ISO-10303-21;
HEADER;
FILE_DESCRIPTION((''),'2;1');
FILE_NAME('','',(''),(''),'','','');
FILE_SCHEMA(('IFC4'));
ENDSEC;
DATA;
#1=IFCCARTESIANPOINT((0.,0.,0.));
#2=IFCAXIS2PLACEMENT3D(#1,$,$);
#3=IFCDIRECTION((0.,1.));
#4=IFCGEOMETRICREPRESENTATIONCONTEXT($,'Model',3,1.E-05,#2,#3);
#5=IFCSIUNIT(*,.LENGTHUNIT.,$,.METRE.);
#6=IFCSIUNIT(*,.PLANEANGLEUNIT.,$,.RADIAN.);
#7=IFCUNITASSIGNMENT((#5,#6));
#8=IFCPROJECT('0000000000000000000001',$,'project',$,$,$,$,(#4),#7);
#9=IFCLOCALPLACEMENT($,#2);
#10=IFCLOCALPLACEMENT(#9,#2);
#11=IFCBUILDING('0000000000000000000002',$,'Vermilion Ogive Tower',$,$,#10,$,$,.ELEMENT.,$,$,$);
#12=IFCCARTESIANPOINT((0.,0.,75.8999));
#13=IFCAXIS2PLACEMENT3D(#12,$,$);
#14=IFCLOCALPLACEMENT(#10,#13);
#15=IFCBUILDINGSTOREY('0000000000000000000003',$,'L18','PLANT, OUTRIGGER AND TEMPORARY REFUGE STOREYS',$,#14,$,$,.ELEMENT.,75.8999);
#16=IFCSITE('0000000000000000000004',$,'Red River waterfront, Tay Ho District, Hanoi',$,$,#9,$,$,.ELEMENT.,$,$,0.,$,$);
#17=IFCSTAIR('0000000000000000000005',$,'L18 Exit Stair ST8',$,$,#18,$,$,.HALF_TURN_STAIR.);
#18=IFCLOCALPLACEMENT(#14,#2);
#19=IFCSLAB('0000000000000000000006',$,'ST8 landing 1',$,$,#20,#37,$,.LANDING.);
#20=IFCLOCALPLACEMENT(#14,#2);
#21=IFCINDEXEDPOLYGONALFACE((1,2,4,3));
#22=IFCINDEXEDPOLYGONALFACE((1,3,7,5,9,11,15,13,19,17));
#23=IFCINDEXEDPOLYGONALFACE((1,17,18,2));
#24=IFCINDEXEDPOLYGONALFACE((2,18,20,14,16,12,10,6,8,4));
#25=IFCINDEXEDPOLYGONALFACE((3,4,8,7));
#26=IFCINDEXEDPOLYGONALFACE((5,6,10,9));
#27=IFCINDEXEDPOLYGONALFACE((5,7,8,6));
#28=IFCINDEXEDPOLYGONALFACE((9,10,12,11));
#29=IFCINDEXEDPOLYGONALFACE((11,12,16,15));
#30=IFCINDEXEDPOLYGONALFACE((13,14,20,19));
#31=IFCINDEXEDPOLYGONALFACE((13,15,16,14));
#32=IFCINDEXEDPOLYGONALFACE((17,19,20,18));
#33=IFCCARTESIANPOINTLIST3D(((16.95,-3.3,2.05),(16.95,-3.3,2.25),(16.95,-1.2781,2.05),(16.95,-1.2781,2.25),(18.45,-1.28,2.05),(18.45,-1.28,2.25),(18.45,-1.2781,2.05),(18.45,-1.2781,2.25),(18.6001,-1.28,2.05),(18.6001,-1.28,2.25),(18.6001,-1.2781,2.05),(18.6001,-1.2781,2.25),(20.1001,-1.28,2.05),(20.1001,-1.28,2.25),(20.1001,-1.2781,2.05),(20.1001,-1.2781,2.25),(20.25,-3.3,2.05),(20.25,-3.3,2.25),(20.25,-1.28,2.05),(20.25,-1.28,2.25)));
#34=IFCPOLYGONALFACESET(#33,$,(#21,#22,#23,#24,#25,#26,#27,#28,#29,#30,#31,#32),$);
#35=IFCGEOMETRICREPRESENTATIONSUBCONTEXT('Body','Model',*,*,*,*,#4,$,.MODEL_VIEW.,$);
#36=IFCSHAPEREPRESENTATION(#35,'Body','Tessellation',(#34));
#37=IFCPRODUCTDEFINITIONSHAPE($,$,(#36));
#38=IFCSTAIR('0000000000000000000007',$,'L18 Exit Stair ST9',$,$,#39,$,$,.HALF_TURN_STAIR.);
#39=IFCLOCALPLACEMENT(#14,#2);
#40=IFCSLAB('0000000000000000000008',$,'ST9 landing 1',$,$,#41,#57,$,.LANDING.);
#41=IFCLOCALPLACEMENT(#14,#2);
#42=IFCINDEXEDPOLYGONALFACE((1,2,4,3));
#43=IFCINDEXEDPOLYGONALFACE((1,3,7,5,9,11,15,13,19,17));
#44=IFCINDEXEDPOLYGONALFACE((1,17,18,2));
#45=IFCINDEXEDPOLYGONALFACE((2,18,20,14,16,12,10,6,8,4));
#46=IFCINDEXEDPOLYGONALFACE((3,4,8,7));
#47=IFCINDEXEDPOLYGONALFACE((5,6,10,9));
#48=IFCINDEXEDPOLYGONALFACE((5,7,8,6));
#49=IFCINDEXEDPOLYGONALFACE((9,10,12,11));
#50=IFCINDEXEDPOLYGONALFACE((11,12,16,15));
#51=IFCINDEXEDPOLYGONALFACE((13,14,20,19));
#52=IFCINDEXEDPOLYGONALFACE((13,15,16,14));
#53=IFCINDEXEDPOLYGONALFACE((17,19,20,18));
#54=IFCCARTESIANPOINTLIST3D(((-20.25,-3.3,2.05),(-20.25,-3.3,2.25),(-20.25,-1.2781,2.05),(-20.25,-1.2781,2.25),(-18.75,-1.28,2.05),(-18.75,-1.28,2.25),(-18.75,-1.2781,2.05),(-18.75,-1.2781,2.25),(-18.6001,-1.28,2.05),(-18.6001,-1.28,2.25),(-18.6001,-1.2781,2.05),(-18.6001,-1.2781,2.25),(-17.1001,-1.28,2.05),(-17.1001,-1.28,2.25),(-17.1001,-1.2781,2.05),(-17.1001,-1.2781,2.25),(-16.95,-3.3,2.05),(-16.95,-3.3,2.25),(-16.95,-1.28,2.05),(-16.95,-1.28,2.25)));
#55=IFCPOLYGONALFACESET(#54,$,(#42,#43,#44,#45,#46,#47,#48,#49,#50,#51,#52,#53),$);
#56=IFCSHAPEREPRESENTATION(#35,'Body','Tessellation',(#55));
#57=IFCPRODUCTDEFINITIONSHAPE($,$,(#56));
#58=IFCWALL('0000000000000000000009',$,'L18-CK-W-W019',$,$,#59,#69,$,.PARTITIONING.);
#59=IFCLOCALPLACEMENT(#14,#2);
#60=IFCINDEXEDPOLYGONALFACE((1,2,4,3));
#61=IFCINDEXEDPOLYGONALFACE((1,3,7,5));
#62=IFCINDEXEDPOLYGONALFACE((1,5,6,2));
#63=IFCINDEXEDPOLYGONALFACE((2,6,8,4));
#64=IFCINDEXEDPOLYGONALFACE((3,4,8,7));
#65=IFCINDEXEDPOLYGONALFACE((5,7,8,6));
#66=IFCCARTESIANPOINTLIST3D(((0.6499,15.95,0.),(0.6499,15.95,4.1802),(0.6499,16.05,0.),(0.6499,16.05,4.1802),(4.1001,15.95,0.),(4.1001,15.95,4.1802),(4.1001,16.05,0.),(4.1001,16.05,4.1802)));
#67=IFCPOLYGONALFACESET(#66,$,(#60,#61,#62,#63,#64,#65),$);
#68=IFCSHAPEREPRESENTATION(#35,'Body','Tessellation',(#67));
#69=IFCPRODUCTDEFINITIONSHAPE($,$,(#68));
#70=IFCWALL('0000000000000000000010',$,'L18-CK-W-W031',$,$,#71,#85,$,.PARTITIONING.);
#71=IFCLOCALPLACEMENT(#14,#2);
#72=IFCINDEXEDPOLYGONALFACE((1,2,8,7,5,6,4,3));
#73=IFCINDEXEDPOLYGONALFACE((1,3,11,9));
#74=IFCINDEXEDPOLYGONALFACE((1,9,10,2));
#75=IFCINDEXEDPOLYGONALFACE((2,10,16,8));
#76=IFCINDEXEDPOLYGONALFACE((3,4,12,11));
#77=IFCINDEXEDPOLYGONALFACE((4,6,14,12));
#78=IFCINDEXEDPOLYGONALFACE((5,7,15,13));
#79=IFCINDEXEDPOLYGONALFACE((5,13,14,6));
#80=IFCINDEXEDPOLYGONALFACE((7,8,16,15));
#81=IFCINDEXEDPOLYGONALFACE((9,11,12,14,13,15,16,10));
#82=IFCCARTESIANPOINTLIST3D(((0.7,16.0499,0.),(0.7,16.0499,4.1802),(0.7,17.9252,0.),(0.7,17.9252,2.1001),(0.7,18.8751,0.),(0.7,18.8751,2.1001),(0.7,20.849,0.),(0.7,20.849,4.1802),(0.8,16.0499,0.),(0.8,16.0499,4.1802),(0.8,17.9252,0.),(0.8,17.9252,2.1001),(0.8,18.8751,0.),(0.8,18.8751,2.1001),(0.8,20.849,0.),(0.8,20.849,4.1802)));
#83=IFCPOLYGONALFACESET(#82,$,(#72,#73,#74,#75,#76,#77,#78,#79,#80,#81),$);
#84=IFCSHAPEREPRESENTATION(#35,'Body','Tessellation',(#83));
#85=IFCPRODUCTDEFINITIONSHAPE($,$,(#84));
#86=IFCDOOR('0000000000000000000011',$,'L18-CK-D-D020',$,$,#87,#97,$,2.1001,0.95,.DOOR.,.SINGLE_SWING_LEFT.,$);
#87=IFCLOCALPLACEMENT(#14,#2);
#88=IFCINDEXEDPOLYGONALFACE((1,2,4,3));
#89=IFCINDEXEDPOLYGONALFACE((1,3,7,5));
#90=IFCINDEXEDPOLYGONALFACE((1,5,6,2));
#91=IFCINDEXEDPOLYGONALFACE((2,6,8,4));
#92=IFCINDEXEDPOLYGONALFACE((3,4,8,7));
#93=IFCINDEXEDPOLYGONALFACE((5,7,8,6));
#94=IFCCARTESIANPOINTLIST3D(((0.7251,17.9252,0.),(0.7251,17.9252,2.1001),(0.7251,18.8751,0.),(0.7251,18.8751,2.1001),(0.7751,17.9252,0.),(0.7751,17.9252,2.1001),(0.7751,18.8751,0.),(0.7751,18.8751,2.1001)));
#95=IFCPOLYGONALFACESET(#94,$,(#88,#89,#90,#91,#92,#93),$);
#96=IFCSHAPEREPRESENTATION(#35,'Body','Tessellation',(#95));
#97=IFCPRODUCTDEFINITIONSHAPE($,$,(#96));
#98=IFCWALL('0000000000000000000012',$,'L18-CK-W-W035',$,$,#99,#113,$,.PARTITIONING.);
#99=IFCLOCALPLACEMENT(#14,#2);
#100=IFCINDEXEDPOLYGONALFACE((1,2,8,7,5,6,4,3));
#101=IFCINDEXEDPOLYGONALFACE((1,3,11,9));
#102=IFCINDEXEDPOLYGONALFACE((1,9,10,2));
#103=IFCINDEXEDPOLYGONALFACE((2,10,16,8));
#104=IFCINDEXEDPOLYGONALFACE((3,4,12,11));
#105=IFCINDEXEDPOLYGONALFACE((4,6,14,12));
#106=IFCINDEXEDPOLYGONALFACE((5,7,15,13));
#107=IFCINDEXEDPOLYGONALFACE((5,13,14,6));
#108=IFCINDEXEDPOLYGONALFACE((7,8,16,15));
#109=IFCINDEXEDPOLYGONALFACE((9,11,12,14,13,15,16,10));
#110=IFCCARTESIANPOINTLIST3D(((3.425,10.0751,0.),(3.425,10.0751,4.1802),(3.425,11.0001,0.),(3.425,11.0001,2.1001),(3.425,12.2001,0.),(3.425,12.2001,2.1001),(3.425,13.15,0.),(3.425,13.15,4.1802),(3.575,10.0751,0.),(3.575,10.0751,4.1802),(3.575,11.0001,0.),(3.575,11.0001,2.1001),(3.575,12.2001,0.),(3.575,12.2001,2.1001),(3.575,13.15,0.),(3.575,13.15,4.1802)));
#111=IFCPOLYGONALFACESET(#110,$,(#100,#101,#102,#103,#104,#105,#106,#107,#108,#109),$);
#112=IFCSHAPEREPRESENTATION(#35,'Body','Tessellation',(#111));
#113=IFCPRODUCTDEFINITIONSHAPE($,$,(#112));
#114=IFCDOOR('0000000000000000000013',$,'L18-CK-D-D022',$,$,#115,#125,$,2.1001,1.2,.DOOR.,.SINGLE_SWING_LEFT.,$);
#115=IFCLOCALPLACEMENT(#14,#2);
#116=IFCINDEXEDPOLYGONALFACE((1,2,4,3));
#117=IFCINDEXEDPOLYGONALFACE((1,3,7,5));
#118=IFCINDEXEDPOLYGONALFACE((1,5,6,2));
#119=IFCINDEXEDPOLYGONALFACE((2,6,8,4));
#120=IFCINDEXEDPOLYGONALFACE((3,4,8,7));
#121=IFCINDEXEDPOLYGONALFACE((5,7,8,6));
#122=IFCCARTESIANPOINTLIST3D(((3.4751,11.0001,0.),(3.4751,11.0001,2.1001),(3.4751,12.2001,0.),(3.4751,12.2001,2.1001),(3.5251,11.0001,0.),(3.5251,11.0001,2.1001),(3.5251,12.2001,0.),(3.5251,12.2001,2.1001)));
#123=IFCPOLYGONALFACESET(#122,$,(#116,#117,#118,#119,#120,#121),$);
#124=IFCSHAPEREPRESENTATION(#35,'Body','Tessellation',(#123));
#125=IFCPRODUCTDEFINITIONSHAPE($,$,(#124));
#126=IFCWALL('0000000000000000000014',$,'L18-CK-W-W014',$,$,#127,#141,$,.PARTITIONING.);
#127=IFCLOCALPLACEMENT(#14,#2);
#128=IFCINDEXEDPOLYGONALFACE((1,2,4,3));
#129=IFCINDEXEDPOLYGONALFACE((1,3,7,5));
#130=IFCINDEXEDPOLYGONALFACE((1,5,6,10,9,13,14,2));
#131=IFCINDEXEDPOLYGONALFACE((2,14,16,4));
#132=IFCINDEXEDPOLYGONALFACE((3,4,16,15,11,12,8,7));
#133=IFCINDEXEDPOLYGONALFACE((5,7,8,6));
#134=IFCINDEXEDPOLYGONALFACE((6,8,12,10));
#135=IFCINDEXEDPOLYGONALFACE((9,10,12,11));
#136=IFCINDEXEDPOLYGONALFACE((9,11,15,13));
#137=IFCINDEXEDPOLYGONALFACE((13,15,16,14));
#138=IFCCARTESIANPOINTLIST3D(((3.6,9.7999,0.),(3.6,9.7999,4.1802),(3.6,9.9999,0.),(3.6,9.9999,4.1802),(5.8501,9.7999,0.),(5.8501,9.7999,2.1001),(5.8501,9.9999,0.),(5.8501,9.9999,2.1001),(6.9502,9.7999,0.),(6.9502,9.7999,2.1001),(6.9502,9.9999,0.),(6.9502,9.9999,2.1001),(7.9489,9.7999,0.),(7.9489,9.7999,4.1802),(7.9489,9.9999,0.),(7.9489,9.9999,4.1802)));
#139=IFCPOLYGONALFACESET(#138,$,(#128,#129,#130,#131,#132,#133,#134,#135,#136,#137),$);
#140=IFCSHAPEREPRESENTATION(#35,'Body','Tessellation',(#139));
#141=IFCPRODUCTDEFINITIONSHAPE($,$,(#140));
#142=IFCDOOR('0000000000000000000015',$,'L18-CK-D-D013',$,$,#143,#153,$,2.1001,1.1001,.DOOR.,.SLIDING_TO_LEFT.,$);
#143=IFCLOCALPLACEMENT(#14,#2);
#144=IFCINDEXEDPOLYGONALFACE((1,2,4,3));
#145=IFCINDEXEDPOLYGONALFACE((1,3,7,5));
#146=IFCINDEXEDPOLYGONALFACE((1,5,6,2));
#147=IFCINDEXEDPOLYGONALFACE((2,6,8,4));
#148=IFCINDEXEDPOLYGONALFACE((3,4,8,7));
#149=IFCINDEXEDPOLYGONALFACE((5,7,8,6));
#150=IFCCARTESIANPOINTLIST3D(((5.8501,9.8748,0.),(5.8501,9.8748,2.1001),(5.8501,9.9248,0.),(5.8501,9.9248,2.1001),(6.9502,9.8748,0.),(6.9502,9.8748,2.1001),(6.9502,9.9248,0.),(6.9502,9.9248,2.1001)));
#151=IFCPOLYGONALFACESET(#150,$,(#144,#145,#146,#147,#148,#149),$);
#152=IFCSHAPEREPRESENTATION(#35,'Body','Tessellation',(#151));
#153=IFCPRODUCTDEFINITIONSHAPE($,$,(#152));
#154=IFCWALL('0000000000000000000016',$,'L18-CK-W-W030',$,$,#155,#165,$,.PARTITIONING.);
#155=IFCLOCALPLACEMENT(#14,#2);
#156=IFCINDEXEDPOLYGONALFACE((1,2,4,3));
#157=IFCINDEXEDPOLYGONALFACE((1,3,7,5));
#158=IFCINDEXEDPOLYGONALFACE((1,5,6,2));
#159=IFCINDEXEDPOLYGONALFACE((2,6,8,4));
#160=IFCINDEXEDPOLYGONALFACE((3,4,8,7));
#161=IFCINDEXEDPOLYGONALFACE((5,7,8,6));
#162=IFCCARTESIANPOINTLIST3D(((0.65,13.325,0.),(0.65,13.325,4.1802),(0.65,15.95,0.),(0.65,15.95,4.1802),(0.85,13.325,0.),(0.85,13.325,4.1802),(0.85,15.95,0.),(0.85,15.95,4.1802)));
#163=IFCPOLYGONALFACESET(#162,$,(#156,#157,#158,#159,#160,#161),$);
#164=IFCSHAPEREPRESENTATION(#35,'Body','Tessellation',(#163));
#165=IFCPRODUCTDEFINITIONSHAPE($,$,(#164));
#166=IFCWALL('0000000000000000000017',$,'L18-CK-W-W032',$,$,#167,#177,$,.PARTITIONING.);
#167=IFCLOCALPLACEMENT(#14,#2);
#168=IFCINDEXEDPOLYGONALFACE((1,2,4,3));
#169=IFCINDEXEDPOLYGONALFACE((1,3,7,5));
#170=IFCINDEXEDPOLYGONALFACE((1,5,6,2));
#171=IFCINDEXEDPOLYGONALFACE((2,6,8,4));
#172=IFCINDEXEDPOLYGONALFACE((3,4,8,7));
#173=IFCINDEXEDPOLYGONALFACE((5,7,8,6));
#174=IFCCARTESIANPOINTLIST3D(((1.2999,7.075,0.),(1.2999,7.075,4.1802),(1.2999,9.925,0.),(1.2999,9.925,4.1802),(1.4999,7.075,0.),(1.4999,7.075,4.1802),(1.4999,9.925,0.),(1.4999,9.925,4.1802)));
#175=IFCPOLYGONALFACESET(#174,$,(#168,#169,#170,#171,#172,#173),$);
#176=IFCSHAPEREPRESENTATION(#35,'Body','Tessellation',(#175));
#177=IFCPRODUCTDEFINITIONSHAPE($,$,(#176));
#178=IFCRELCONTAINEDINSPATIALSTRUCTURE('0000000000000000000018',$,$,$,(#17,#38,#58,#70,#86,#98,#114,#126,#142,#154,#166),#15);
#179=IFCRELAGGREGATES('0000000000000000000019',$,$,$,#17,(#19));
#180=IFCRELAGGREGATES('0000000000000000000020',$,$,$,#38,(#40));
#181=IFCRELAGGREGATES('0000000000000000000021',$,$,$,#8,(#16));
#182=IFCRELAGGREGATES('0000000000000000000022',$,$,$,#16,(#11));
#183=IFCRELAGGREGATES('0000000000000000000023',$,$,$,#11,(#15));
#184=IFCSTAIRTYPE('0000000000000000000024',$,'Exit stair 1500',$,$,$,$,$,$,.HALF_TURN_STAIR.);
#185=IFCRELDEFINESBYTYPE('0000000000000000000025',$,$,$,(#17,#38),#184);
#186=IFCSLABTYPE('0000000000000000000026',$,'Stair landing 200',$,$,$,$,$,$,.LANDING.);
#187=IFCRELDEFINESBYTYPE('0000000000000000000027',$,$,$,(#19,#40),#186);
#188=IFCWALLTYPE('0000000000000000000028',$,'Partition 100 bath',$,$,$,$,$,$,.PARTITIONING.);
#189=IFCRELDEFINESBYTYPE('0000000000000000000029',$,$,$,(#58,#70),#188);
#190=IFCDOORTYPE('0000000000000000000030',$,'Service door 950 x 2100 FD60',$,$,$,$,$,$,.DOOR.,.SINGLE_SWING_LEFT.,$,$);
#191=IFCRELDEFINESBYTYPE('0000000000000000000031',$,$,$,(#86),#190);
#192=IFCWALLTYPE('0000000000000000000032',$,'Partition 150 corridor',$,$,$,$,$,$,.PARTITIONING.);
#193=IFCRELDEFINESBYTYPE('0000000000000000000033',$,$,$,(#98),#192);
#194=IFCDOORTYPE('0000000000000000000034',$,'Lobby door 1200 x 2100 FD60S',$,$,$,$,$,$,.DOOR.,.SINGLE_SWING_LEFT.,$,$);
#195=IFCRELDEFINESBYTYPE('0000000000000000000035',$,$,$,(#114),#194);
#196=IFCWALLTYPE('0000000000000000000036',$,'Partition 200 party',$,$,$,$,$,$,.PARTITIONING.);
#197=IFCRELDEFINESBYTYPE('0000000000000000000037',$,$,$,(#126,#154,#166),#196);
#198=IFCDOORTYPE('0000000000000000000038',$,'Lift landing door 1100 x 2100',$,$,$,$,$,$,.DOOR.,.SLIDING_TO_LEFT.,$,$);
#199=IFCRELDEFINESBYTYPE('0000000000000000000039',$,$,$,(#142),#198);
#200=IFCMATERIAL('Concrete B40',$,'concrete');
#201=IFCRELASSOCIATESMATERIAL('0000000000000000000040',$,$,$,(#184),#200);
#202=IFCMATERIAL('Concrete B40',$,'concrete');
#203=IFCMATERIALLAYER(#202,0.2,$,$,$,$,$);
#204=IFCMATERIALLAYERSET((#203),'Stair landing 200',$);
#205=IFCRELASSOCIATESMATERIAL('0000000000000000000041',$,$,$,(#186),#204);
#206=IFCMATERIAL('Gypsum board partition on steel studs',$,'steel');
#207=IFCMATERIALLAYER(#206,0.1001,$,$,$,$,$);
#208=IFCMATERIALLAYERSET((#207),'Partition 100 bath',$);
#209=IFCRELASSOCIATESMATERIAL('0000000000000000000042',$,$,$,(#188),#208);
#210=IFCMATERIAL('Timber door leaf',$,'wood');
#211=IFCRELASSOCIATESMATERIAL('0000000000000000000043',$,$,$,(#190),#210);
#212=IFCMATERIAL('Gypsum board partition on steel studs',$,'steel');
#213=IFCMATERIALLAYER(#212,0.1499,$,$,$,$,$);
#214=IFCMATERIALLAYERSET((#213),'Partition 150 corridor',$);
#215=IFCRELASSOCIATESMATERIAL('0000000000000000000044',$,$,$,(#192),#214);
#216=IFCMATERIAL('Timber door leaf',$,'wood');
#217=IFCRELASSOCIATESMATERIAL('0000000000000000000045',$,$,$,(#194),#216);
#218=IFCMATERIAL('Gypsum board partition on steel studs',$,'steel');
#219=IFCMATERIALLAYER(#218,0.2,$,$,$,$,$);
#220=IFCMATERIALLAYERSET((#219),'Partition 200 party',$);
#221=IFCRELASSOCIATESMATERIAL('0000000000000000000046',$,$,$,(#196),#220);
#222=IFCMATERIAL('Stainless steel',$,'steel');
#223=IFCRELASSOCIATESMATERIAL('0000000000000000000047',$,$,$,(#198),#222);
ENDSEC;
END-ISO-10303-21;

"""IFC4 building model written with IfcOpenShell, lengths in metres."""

from ifc_helpers import new_model, si_unit, direction, frame, frame_2d, origin, place, context, subcontext, project, spatial, polyline, rectangle, outline, extrude, material, layer, layer_set, type_object, element, fill, aggregate, save


model = new_model("IFC4")

# Units and contexts
model_context = context("Model", 3, precision=1e-05, world=origin(), true_north=direction((0.0, 1.0)))
body_context = subcontext(model_context, "Body", "Model", "MODEL_VIEW")
ifc_project = project(units=[si_unit("LENGTHUNIT", "METRE"), si_unit("PLANEANGLEUNIT", "RADIAN")], contexts=[model_context])

# Site, building, storey
site_placement = place(None, origin())
site = spatial("IfcSite", under=ifc_project, at=site_placement, Name="Red River waterfront, Tay Ho District, Hanoi", CompositionType="ELEMENT", RefElevation=0.0)
building_placement = place(site_placement, origin())
building = spatial("IfcBuilding", under=site, at=building_placement, Name="Vermilion Ogive Tower", CompositionType="ELEMENT")
storey_placement = place(building_placement, frame((0.0, 0.0, 75.8999)))
storey = spatial("IfcBuildingStorey", under=building, at=storey_placement, Name="L18", Description="PLANT, OUTRIGGER AND TEMPORARY REFUGE STOREYS", CompositionType="ELEMENT", Elevation=75.8999)

# Stairs, slabs
ifc_material_1 = material(Name="Concrete B40", Category="concrete")
stair_type = type_object("IfcStairType", Name="Exit stair 1500", PredefinedType="HALF_TURN_STAIR", material=ifc_material_1)
ifc_material_2 = material(Name="Concrete B40", Category="concrete")
ifc_layer_1 = layer(ifc_material_2, 0.2)
ifc_layer_set_1 = layer_set([ifc_layer_1], Name="Stair landing 200")
slab_type_1 = type_object("IfcSlabType", Name="Stair landing 200", PredefinedType="LANDING", material=ifc_layer_set_1)
stair_1_placement = place(storey_placement, origin())
stair_1 = element("IfcStair", 1, at=stair_1_placement, inside=storey, type_object=stair_type, Name="L18 Exit Stair ST8", PredefinedType="HALF_TURN_STAIR")
slab_1_placement = place(storey_placement, frame((0.0, 0.0, 2.05)))
slab_1 = element("IfcSlab", 2, at=slab_1_placement, type_object=slab_type_1, Name="ST8 landing 1", PredefinedType="LANDING", context=body_context, shape_type="SweptSolid", body=[
    extrude(outline(polyline([(20.25, -1.28), (20.1001, -1.28), (20.1001, -1.2781), (18.6001, -1.2781), (18.6001, -1.28), (18.45, -1.28), (18.45, -1.2781), (16.95, -1.2781), (16.95, -3.3), (20.25, -3.3), (20.25, -1.28)])), origin(), (0.0, 0.0, 1.0), 0.2),
])
aggregate(stair_1, [slab_1])
stair_2_placement = place(storey_placement, origin())
stair_2 = element("IfcStair", 3, at=stair_2_placement, inside=storey, type_object=stair_type, Name="L18 Exit Stair ST9", PredefinedType="HALF_TURN_STAIR")
slab_2_placement = place(storey_placement, frame((0.0, 0.0, 2.05)))
slab_2 = element("IfcSlab", 4, at=slab_2_placement, type_object=slab_type_1, Name="ST9 landing 1", PredefinedType="LANDING", context=body_context, shape_type="SweptSolid", body=[
    extrude(outline(polyline([(-16.95, -1.28), (-17.1001, -1.28), (-17.1001, -1.2781), (-18.6001, -1.2781), (-18.6001, -1.28), (-18.75, -1.28), (-18.75, -1.2781), (-20.25, -1.2781), (-20.25, -3.3), (-16.95, -3.3), (-16.95, -1.28)])), origin(), (0.0, 0.0, 1.0), 0.2),
])
aggregate(stair_2, [slab_2])

# Wall
ifc_material_3 = material(Name="Gypsum board partition on steel studs", Category="steel")
ifc_layer_2 = layer(ifc_material_3, 0.1001)
ifc_layer_set_2 = layer_set([ifc_layer_2], Name="Partition 100 bath")
wall_type_1 = type_object("IfcWallType", Name="Partition 100 bath", PredefinedType="PARTITIONING", material=ifc_layer_set_2)
wall_1_placement = place(storey_placement, frame((0.6499, 16.0, 0.0), z_axis=(0.0, 0.0, 1.0), x_axis=(1.0, 0.0, 0.0)))
element("IfcWall", 5, at=wall_1_placement, inside=storey, type_object=wall_type_1, Name="L18-CK-W-W019", PredefinedType="PARTITIONING", context=body_context, shape_type="SweptSolid", body=[
    extrude(rectangle(XDim=3.4502, YDim=0.1001, at=frame_2d((1.7251, 0.0))), origin(), (0.0, 0.0, 1.0), 4.1802),
])

# Walls, openings, doors
wall_2_placement = place(storey_placement, frame((0.75, 16.05, 0.0), z_axis=(0.0, 0.0, 1.0), x_axis=(0.0, 1.0, 0.0)))
wall_2 = element("IfcWall", 6, at=wall_2_placement, inside=storey, type_object=wall_type_1, Name="L18-CK-W-W031", PredefinedType="PARTITIONING", context=body_context, shape_type="SweptSolid", body=[
    extrude(rectangle(XDim=4.7991, YDim=0.1001, at=frame_2d((2.3994, 0.0))), origin(), (0.0, 0.0, 1.0), 4.1802),
])
opening_1_placement = place(wall_2_placement, frame((1.875, 0.0, 0.0)))
opening_1 = element("IfcOpeningElement", 7, at=opening_1_placement, cuts=wall_2, PredefinedType="OPENING", context=body_context, shape_type="SweptSolid", body=[
    extrude(rectangle(XDim=0.95, YDim=2.1001, at=frame_2d((0.4751, 1.05))), frame((0.0, 0.0601, 0.0), z_axis=(0.0, -1.0, 0.0), x_axis=(1.0, 0.0, 0.0)), (0.0, 0.0, 1.0), 0.1201),
])
ifc_material_4 = material(Name="Timber door leaf", Category="wood")
door_type_1 = type_object("IfcDoorType", Name="Service door 950 x 2100 FD60", OperationType="SINGLE_SWING_LEFT", PredefinedType="DOOR", material=ifc_material_4)
door_1_placement = place(opening_1_placement, origin())
door_1 = element("IfcDoor", 8, at=door_1_placement, inside=storey, type_object=door_type_1, Name="L18-CK-D-D020", OperationType="SINGLE_SWING_LEFT", OverallHeight=2.1001, OverallWidth=0.95, PredefinedType="DOOR", context=body_context, shape_type="SweptSolid", body=[
    extrude(rectangle(XDim=0.95, YDim=2.1001, at=frame_2d((0.4751, 1.05))), frame((0.0, 0.0249, 0.0), z_axis=(0.0, -1.0, 0.0), x_axis=(1.0, 0.0, 0.0)), (0.0, 0.0, 1.0), 0.05),
])
fill(opening_1, door_1)
ifc_material_5 = material(Name="Gypsum board partition on steel studs", Category="steel")
ifc_layer_3 = layer(ifc_material_5, 0.1499)
ifc_layer_set_3 = layer_set([ifc_layer_3], Name="Partition 150 corridor")
wall_type_2 = type_object("IfcWallType", Name="Partition 150 corridor", PredefinedType="PARTITIONING", material=ifc_layer_set_3)
wall_3_placement = place(storey_placement, frame((3.5, 10.075, 0.0), z_axis=(0.0, 0.0, 1.0), x_axis=(0.0, 1.0, 0.0)))
wall_3 = element("IfcWall", 9, at=wall_3_placement, inside=storey, type_object=wall_type_2, Name="L18-CK-W-W035", PredefinedType="PARTITIONING", context=body_context, shape_type="SweptSolid", body=[
    extrude(rectangle(XDim=3.075, YDim=0.1499, at=frame_2d((1.5376, 0.0))), origin(), (0.0, 0.0, 1.0), 4.1802),
])
opening_2_placement = place(wall_3_placement, frame((0.925, 0.0, 0.0)))
opening_2 = element("IfcOpeningElement", 10, at=opening_2_placement, cuts=wall_3, PredefinedType="OPENING", context=body_context, shape_type="SweptSolid", body=[
    extrude(rectangle(XDim=1.2, YDim=2.1001, at=frame_2d((0.6001, 1.05))), frame((0.0, 0.085, 0.0), z_axis=(0.0, -1.0, 0.0), x_axis=(1.0, 0.0, 0.0)), (0.0, 0.0, 1.0), 0.1699),
])
ifc_material_6 = material(Name="Timber door leaf", Category="wood")
door_type_2 = type_object("IfcDoorType", Name="Lobby door 1200 x 2100 FD60S", OperationType="SINGLE_SWING_LEFT", PredefinedType="DOOR", material=ifc_material_6)
door_2_placement = place(opening_2_placement, origin())
door_2 = element("IfcDoor", 11, at=door_2_placement, inside=storey, type_object=door_type_2, Name="L18-CK-D-D022", OperationType="SINGLE_SWING_LEFT", OverallHeight=2.1001, OverallWidth=1.2, PredefinedType="DOOR", context=body_context, shape_type="SweptSolid", body=[
    extrude(rectangle(XDim=1.2, YDim=2.1001, at=frame_2d((0.6001, 1.05))), frame((0.0, 0.0249, 0.0), z_axis=(0.0, -1.0, 0.0), x_axis=(1.0, 0.0, 0.0)), (0.0, 0.0, 1.0), 0.05),
])
fill(opening_2, door_2)
ifc_material_7 = material(Name="Gypsum board partition on steel studs", Category="steel")
ifc_layer_4 = layer(ifc_material_7, 0.2)
ifc_layer_set_4 = layer_set([ifc_layer_4], Name="Partition 200 party")
wall_type_3 = type_object("IfcWallType", Name="Partition 200 party", PredefinedType="PARTITIONING", material=ifc_layer_set_4)
wall_4_placement = place(storey_placement, frame((3.6001, 9.8999, 0.0), z_axis=(0.0, 0.0, 1.0), x_axis=(1.0, 0.0, 0.0)))
wall_4 = element("IfcWall", 12, at=wall_4_placement, inside=storey, type_object=wall_type_3, Name="L18-CK-W-W014", PredefinedType="PARTITIONING", context=body_context, shape_type="SweptSolid", body=[
    extrude(rectangle(XDim=4.3489, YDim=0.2, at=frame_2d((2.1743, 0.0))), origin(), (0.0, 0.0, 1.0), 4.1802),
])
opening_3_placement = place(wall_4_placement, frame((2.25, 0.0, 0.0)))
opening_3 = element("IfcOpeningElement", 13, at=opening_3_placement, cuts=wall_4, PredefinedType="OPENING", context=body_context, shape_type="SweptSolid", body=[
    extrude(rectangle(XDim=1.1001, YDim=2.1001, at=frame_2d((0.55, 1.05))), frame((0.0, 0.1099, 0.0), z_axis=(0.0, -1.0, 0.0), x_axis=(1.0, 0.0, 0.0)), (0.0, 0.0, 1.0), 0.22),
])
ifc_material_8 = material(Name="Stainless steel", Category="steel")
door_type_3 = type_object("IfcDoorType", Name="Lift landing door 1100 x 2100", OperationType="SLIDING_TO_LEFT", PredefinedType="DOOR", material=ifc_material_8)
door_3_placement = place(opening_3_placement, origin())
door_3 = element("IfcDoor", 14, at=door_3_placement, inside=storey, type_object=door_type_3, Name="L18-CK-D-D013", OperationType="SLIDING_TO_LEFT", OverallHeight=2.1001, OverallWidth=1.1001, PredefinedType="DOOR", context=body_context, shape_type="SweptSolid", body=[
    extrude(rectangle(XDim=1.1001, YDim=2.1001, at=frame_2d((0.55, 1.05))), frame((0.0, 0.0249, 0.0), z_axis=(0.0, -1.0, 0.0), x_axis=(1.0, 0.0, 0.0)), (0.0, 0.0, 1.0), 0.05),
])
fill(opening_3, door_3)

# Walls
wall_5_placement = place(storey_placement, frame((0.75, 13.325, 0.0), z_axis=(0.0, 0.0, 1.0), x_axis=(0.0, 1.0, 0.0)))
element("IfcWall", 15, at=wall_5_placement, inside=storey, type_object=wall_type_3, Name="L18-CK-W-W030", PredefinedType="PARTITIONING", context=body_context, shape_type="SweptSolid", body=[
    extrude(rectangle(XDim=2.625, YDim=0.2, at=frame_2d((1.3125, 0.0))), origin(), (0.0, 0.0, 1.0), 4.1802),
])
for number, where, z_axis, x_axis, name in (
    (16, (1.3999, 7.075, 0.0), (0.0, 0.0, 1.0), (0.0, 1.0, 0.0), "L18-CK-W-W032"),
):
    element("IfcWall", number, at=place(storey_placement, frame(where, z_axis=z_axis, x_axis=x_axis)), inside=storey, type_object=wall_type_3, Name=name, PredefinedType="PARTITIONING", context=body_context, shape_type="SweptSolid", body=[
        extrude(rectangle(XDim=2.8501, YDim=0.2, at=frame_2d((1.425, 0.0))), origin(), (0.0, 0.0, 1.0), 4.1802),
    ])

save(model, "model.ifc")
